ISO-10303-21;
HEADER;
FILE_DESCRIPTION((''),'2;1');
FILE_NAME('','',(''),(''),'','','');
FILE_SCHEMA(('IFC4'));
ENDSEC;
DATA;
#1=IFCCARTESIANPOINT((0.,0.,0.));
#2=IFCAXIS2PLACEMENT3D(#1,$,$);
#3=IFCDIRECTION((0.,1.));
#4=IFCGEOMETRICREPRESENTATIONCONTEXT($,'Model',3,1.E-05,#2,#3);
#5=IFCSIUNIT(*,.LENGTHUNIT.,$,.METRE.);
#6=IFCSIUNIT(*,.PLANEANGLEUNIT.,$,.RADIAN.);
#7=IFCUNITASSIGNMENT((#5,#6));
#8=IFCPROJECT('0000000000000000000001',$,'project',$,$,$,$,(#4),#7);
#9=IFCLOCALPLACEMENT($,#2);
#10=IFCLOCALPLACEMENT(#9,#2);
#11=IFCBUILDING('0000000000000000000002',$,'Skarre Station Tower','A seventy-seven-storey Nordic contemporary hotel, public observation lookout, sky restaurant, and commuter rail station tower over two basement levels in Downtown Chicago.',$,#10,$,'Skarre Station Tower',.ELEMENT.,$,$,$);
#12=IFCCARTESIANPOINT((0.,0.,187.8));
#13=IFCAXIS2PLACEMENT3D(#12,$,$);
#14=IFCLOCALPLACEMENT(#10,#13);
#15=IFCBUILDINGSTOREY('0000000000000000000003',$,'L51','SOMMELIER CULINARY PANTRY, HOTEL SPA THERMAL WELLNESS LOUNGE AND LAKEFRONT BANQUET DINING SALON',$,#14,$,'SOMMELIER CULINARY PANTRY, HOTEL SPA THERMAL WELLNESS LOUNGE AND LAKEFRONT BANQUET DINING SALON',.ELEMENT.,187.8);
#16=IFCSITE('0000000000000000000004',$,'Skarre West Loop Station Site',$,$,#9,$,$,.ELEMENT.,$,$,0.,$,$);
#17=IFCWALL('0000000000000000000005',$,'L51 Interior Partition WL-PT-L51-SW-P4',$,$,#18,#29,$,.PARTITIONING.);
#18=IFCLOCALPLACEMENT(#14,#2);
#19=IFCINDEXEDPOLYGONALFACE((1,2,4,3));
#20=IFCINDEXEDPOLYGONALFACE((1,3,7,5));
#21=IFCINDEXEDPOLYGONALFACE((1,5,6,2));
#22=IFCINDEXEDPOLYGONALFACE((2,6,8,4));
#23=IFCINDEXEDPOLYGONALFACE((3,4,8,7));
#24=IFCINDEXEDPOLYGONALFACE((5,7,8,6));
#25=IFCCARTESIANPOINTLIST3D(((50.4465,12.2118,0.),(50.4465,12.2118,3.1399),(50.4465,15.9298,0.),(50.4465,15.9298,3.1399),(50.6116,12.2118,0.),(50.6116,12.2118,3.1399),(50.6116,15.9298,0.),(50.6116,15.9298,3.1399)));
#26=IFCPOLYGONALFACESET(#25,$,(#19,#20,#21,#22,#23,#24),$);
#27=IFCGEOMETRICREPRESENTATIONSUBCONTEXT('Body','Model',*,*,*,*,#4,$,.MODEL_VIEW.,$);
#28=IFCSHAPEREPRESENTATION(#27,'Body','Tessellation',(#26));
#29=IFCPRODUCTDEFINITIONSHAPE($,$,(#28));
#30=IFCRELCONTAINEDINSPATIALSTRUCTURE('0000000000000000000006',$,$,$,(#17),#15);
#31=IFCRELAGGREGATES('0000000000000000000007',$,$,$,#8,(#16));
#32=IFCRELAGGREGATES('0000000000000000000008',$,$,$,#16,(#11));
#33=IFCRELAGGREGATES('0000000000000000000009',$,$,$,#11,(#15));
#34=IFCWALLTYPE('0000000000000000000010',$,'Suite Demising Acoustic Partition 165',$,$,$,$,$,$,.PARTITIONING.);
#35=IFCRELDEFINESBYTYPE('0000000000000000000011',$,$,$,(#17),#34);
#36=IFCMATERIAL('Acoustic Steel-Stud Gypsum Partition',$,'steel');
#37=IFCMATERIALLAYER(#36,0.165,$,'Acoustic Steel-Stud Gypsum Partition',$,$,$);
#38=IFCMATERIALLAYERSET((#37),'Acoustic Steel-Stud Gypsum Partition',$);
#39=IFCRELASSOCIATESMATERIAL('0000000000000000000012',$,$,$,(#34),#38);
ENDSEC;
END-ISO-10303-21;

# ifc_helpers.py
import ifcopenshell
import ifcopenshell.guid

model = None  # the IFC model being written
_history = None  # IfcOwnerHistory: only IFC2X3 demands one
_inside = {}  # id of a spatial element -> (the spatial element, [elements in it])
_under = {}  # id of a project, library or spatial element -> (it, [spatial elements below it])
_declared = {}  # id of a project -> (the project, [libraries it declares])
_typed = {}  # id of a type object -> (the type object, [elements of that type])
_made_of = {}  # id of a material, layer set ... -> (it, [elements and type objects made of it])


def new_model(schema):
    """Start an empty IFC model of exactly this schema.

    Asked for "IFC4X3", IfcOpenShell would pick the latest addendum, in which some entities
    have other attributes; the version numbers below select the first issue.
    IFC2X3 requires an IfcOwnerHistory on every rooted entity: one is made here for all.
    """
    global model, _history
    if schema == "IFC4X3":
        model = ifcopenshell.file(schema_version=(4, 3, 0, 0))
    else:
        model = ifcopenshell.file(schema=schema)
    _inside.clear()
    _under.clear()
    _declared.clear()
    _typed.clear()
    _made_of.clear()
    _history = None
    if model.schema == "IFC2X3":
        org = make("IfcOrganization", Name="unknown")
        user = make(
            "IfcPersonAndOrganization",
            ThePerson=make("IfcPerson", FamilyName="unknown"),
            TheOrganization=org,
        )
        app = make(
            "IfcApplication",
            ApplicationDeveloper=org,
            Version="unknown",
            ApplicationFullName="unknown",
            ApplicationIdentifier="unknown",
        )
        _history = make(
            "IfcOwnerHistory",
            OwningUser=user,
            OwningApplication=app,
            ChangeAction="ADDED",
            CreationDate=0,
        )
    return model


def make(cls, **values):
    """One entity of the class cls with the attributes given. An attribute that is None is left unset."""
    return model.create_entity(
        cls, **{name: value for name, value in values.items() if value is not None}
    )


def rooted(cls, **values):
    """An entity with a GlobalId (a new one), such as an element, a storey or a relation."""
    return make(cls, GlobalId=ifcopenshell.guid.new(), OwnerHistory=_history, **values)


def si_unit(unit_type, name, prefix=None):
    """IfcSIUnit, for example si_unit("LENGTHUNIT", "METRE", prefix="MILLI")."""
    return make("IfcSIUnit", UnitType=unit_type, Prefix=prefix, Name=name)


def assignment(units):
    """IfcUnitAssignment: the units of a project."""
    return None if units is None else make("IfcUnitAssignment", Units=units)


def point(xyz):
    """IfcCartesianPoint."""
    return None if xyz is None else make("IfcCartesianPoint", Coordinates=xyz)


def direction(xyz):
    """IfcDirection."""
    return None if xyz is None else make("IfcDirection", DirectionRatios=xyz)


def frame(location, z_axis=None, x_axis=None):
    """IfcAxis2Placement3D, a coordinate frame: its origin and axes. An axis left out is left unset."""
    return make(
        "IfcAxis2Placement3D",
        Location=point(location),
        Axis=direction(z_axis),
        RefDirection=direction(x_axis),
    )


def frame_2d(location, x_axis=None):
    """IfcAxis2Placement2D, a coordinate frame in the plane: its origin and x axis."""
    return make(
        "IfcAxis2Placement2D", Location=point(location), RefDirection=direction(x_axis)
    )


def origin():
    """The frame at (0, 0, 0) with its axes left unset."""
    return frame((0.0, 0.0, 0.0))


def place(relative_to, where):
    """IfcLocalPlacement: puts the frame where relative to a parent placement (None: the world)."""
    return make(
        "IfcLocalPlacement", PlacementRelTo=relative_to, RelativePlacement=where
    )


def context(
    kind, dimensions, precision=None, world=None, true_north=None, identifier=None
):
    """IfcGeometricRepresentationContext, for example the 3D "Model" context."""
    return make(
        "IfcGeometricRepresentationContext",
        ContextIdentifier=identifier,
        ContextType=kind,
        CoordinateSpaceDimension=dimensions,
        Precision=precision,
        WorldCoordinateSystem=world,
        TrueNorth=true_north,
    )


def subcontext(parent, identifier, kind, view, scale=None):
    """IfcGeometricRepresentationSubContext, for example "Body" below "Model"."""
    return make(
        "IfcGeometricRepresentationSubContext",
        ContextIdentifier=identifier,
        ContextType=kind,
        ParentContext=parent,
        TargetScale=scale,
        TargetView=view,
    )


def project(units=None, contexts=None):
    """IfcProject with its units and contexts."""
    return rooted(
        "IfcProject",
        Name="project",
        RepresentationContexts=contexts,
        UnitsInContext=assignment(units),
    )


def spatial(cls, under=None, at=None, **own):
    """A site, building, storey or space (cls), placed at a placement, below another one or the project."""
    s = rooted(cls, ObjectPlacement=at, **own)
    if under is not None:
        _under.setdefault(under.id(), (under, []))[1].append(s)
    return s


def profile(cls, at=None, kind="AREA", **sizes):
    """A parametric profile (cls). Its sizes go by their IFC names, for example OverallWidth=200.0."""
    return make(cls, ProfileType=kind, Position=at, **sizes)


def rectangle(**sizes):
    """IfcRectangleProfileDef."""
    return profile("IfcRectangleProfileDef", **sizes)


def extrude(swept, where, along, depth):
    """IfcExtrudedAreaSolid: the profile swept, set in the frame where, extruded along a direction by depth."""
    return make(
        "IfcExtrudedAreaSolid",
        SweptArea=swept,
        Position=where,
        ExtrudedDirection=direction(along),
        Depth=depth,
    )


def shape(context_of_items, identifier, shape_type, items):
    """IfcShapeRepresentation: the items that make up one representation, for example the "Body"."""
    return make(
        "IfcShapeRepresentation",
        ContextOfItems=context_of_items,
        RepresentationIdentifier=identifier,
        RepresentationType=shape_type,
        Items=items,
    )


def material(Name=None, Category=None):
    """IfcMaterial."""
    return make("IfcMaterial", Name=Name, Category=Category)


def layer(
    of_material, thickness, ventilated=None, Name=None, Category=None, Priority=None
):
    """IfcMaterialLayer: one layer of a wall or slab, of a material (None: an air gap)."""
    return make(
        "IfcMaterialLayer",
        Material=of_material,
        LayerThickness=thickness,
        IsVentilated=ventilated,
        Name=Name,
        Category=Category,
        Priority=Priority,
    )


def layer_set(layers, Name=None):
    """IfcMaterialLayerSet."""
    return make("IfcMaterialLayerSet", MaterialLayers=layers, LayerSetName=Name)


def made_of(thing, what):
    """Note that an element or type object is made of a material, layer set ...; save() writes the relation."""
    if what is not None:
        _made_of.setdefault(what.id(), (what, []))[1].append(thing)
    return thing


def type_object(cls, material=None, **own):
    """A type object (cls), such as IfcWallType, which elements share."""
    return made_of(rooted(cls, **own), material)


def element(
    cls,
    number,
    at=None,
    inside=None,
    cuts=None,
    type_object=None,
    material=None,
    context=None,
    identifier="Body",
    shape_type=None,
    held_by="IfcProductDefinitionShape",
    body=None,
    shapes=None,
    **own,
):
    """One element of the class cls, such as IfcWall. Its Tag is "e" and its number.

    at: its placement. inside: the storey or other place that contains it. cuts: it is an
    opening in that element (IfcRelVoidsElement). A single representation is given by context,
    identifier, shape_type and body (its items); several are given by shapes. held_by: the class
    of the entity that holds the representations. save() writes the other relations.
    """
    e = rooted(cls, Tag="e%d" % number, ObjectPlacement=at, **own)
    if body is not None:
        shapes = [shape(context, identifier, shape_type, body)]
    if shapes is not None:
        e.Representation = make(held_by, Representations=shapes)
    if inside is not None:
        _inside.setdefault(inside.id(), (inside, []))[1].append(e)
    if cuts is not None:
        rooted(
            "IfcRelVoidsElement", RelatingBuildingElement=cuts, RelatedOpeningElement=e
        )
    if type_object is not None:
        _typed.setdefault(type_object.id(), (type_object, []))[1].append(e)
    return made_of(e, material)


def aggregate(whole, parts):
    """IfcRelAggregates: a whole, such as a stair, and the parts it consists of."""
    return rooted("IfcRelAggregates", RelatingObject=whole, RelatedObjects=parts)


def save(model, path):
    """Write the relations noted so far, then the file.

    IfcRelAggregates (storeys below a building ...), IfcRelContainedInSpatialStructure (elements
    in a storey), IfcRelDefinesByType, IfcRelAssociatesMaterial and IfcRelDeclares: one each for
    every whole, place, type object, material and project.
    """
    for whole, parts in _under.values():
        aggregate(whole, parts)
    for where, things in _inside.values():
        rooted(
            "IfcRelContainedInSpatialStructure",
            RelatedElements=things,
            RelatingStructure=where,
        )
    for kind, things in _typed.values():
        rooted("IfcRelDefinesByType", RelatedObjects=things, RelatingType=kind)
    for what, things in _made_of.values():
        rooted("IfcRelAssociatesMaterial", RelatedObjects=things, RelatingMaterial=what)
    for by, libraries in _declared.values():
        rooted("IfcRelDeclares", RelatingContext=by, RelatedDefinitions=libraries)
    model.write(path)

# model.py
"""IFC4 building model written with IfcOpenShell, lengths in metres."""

from ifc_helpers import new_model, si_unit, direction, frame, frame_2d, origin, place, context, subcontext, project, spatial, rectangle, extrude, material, layer, layer_set, type_object, element, save


model = new_model("IFC4")

# Units and contexts
model_context = context("Model", 3, precision=1e-05, world=origin(), true_north=direction((0.0, 1.0)))
body_context = subcontext(model_context, "Body", "Model", "MODEL_VIEW")
ifc_project = project(units=[si_unit("LENGTHUNIT", "METRE"), si_unit("PLANEANGLEUNIT", "RADIAN")], contexts=[model_context])

# Site, building, storey
site_placement = place(None, origin())
site = spatial("IfcSite", under=ifc_project, at=site_placement, Name="Skarre West Loop Station Site", CompositionType="ELEMENT", RefElevation=0.0)
building_placement = place(site_placement, origin())
building = spatial("IfcBuilding", under=site, at=building_placement, Name="Skarre Station Tower", Description="A seventy-seven-storey Nordic contemporary hotel, public observation lookout, sky restaurant, and commuter rail station tower over two basement levels in Downtown Chicago.", LongName="Skarre Station Tower", CompositionType="ELEMENT")
storey_placement = place(building_placement, frame((0.0, 0.0, 187.8)))
storey = spatial("IfcBuildingStorey", under=building, at=storey_placement, Name="L51", Description="SOMMELIER CULINARY PANTRY, HOTEL SPA THERMAL WELLNESS LOUNGE AND LAKEFRONT BANQUET DINING SALON", LongName="SOMMELIER CULINARY PANTRY, HOTEL SPA THERMAL WELLNESS LOUNGE AND LAKEFRONT BANQUET DINING SALON", CompositionType="ELEMENT", Elevation=187.8)

# Shared definitions
ifc_material_1 = material(Name="Acoustic Steel-Stud Gypsum Partition", Category="steel")

# Wall
ifc_layer_1 = layer(ifc_material_1, 0.165, Name="Acoustic Steel-Stud Gypsum Partition")
ifc_layer_set_1 = layer_set([ifc_layer_1], Name="Acoustic Steel-Stud Gypsum Partition")
wall_type_1 = type_object("IfcWallType", Name="Suite Demising Acoustic Partition 165", PredefinedType="PARTITIONING", material=ifc_layer_set_1)
wall_1_placement = place(storey_placement, frame((50.5291, 12.2119, 0.0), z_axis=(0.0, 0.0, 1.0), x_axis=(0.0, 1.0, 0.0)))
element("IfcWall", 1, at=wall_1_placement, inside=storey, type_object=wall_type_1, Name="L51 Interior Partition WL-PT-L51-SW-P4", PredefinedType="PARTITIONING", context=body_context, shape_type="SweptSolid", body=[
    extrude(rectangle(XDim=3.718, YDim=0.165, at=frame_2d((1.8589, 0.0))), origin(), (0.0, 0.0, 1.0), 3.1399),
])

save(model, "model.ifc")
